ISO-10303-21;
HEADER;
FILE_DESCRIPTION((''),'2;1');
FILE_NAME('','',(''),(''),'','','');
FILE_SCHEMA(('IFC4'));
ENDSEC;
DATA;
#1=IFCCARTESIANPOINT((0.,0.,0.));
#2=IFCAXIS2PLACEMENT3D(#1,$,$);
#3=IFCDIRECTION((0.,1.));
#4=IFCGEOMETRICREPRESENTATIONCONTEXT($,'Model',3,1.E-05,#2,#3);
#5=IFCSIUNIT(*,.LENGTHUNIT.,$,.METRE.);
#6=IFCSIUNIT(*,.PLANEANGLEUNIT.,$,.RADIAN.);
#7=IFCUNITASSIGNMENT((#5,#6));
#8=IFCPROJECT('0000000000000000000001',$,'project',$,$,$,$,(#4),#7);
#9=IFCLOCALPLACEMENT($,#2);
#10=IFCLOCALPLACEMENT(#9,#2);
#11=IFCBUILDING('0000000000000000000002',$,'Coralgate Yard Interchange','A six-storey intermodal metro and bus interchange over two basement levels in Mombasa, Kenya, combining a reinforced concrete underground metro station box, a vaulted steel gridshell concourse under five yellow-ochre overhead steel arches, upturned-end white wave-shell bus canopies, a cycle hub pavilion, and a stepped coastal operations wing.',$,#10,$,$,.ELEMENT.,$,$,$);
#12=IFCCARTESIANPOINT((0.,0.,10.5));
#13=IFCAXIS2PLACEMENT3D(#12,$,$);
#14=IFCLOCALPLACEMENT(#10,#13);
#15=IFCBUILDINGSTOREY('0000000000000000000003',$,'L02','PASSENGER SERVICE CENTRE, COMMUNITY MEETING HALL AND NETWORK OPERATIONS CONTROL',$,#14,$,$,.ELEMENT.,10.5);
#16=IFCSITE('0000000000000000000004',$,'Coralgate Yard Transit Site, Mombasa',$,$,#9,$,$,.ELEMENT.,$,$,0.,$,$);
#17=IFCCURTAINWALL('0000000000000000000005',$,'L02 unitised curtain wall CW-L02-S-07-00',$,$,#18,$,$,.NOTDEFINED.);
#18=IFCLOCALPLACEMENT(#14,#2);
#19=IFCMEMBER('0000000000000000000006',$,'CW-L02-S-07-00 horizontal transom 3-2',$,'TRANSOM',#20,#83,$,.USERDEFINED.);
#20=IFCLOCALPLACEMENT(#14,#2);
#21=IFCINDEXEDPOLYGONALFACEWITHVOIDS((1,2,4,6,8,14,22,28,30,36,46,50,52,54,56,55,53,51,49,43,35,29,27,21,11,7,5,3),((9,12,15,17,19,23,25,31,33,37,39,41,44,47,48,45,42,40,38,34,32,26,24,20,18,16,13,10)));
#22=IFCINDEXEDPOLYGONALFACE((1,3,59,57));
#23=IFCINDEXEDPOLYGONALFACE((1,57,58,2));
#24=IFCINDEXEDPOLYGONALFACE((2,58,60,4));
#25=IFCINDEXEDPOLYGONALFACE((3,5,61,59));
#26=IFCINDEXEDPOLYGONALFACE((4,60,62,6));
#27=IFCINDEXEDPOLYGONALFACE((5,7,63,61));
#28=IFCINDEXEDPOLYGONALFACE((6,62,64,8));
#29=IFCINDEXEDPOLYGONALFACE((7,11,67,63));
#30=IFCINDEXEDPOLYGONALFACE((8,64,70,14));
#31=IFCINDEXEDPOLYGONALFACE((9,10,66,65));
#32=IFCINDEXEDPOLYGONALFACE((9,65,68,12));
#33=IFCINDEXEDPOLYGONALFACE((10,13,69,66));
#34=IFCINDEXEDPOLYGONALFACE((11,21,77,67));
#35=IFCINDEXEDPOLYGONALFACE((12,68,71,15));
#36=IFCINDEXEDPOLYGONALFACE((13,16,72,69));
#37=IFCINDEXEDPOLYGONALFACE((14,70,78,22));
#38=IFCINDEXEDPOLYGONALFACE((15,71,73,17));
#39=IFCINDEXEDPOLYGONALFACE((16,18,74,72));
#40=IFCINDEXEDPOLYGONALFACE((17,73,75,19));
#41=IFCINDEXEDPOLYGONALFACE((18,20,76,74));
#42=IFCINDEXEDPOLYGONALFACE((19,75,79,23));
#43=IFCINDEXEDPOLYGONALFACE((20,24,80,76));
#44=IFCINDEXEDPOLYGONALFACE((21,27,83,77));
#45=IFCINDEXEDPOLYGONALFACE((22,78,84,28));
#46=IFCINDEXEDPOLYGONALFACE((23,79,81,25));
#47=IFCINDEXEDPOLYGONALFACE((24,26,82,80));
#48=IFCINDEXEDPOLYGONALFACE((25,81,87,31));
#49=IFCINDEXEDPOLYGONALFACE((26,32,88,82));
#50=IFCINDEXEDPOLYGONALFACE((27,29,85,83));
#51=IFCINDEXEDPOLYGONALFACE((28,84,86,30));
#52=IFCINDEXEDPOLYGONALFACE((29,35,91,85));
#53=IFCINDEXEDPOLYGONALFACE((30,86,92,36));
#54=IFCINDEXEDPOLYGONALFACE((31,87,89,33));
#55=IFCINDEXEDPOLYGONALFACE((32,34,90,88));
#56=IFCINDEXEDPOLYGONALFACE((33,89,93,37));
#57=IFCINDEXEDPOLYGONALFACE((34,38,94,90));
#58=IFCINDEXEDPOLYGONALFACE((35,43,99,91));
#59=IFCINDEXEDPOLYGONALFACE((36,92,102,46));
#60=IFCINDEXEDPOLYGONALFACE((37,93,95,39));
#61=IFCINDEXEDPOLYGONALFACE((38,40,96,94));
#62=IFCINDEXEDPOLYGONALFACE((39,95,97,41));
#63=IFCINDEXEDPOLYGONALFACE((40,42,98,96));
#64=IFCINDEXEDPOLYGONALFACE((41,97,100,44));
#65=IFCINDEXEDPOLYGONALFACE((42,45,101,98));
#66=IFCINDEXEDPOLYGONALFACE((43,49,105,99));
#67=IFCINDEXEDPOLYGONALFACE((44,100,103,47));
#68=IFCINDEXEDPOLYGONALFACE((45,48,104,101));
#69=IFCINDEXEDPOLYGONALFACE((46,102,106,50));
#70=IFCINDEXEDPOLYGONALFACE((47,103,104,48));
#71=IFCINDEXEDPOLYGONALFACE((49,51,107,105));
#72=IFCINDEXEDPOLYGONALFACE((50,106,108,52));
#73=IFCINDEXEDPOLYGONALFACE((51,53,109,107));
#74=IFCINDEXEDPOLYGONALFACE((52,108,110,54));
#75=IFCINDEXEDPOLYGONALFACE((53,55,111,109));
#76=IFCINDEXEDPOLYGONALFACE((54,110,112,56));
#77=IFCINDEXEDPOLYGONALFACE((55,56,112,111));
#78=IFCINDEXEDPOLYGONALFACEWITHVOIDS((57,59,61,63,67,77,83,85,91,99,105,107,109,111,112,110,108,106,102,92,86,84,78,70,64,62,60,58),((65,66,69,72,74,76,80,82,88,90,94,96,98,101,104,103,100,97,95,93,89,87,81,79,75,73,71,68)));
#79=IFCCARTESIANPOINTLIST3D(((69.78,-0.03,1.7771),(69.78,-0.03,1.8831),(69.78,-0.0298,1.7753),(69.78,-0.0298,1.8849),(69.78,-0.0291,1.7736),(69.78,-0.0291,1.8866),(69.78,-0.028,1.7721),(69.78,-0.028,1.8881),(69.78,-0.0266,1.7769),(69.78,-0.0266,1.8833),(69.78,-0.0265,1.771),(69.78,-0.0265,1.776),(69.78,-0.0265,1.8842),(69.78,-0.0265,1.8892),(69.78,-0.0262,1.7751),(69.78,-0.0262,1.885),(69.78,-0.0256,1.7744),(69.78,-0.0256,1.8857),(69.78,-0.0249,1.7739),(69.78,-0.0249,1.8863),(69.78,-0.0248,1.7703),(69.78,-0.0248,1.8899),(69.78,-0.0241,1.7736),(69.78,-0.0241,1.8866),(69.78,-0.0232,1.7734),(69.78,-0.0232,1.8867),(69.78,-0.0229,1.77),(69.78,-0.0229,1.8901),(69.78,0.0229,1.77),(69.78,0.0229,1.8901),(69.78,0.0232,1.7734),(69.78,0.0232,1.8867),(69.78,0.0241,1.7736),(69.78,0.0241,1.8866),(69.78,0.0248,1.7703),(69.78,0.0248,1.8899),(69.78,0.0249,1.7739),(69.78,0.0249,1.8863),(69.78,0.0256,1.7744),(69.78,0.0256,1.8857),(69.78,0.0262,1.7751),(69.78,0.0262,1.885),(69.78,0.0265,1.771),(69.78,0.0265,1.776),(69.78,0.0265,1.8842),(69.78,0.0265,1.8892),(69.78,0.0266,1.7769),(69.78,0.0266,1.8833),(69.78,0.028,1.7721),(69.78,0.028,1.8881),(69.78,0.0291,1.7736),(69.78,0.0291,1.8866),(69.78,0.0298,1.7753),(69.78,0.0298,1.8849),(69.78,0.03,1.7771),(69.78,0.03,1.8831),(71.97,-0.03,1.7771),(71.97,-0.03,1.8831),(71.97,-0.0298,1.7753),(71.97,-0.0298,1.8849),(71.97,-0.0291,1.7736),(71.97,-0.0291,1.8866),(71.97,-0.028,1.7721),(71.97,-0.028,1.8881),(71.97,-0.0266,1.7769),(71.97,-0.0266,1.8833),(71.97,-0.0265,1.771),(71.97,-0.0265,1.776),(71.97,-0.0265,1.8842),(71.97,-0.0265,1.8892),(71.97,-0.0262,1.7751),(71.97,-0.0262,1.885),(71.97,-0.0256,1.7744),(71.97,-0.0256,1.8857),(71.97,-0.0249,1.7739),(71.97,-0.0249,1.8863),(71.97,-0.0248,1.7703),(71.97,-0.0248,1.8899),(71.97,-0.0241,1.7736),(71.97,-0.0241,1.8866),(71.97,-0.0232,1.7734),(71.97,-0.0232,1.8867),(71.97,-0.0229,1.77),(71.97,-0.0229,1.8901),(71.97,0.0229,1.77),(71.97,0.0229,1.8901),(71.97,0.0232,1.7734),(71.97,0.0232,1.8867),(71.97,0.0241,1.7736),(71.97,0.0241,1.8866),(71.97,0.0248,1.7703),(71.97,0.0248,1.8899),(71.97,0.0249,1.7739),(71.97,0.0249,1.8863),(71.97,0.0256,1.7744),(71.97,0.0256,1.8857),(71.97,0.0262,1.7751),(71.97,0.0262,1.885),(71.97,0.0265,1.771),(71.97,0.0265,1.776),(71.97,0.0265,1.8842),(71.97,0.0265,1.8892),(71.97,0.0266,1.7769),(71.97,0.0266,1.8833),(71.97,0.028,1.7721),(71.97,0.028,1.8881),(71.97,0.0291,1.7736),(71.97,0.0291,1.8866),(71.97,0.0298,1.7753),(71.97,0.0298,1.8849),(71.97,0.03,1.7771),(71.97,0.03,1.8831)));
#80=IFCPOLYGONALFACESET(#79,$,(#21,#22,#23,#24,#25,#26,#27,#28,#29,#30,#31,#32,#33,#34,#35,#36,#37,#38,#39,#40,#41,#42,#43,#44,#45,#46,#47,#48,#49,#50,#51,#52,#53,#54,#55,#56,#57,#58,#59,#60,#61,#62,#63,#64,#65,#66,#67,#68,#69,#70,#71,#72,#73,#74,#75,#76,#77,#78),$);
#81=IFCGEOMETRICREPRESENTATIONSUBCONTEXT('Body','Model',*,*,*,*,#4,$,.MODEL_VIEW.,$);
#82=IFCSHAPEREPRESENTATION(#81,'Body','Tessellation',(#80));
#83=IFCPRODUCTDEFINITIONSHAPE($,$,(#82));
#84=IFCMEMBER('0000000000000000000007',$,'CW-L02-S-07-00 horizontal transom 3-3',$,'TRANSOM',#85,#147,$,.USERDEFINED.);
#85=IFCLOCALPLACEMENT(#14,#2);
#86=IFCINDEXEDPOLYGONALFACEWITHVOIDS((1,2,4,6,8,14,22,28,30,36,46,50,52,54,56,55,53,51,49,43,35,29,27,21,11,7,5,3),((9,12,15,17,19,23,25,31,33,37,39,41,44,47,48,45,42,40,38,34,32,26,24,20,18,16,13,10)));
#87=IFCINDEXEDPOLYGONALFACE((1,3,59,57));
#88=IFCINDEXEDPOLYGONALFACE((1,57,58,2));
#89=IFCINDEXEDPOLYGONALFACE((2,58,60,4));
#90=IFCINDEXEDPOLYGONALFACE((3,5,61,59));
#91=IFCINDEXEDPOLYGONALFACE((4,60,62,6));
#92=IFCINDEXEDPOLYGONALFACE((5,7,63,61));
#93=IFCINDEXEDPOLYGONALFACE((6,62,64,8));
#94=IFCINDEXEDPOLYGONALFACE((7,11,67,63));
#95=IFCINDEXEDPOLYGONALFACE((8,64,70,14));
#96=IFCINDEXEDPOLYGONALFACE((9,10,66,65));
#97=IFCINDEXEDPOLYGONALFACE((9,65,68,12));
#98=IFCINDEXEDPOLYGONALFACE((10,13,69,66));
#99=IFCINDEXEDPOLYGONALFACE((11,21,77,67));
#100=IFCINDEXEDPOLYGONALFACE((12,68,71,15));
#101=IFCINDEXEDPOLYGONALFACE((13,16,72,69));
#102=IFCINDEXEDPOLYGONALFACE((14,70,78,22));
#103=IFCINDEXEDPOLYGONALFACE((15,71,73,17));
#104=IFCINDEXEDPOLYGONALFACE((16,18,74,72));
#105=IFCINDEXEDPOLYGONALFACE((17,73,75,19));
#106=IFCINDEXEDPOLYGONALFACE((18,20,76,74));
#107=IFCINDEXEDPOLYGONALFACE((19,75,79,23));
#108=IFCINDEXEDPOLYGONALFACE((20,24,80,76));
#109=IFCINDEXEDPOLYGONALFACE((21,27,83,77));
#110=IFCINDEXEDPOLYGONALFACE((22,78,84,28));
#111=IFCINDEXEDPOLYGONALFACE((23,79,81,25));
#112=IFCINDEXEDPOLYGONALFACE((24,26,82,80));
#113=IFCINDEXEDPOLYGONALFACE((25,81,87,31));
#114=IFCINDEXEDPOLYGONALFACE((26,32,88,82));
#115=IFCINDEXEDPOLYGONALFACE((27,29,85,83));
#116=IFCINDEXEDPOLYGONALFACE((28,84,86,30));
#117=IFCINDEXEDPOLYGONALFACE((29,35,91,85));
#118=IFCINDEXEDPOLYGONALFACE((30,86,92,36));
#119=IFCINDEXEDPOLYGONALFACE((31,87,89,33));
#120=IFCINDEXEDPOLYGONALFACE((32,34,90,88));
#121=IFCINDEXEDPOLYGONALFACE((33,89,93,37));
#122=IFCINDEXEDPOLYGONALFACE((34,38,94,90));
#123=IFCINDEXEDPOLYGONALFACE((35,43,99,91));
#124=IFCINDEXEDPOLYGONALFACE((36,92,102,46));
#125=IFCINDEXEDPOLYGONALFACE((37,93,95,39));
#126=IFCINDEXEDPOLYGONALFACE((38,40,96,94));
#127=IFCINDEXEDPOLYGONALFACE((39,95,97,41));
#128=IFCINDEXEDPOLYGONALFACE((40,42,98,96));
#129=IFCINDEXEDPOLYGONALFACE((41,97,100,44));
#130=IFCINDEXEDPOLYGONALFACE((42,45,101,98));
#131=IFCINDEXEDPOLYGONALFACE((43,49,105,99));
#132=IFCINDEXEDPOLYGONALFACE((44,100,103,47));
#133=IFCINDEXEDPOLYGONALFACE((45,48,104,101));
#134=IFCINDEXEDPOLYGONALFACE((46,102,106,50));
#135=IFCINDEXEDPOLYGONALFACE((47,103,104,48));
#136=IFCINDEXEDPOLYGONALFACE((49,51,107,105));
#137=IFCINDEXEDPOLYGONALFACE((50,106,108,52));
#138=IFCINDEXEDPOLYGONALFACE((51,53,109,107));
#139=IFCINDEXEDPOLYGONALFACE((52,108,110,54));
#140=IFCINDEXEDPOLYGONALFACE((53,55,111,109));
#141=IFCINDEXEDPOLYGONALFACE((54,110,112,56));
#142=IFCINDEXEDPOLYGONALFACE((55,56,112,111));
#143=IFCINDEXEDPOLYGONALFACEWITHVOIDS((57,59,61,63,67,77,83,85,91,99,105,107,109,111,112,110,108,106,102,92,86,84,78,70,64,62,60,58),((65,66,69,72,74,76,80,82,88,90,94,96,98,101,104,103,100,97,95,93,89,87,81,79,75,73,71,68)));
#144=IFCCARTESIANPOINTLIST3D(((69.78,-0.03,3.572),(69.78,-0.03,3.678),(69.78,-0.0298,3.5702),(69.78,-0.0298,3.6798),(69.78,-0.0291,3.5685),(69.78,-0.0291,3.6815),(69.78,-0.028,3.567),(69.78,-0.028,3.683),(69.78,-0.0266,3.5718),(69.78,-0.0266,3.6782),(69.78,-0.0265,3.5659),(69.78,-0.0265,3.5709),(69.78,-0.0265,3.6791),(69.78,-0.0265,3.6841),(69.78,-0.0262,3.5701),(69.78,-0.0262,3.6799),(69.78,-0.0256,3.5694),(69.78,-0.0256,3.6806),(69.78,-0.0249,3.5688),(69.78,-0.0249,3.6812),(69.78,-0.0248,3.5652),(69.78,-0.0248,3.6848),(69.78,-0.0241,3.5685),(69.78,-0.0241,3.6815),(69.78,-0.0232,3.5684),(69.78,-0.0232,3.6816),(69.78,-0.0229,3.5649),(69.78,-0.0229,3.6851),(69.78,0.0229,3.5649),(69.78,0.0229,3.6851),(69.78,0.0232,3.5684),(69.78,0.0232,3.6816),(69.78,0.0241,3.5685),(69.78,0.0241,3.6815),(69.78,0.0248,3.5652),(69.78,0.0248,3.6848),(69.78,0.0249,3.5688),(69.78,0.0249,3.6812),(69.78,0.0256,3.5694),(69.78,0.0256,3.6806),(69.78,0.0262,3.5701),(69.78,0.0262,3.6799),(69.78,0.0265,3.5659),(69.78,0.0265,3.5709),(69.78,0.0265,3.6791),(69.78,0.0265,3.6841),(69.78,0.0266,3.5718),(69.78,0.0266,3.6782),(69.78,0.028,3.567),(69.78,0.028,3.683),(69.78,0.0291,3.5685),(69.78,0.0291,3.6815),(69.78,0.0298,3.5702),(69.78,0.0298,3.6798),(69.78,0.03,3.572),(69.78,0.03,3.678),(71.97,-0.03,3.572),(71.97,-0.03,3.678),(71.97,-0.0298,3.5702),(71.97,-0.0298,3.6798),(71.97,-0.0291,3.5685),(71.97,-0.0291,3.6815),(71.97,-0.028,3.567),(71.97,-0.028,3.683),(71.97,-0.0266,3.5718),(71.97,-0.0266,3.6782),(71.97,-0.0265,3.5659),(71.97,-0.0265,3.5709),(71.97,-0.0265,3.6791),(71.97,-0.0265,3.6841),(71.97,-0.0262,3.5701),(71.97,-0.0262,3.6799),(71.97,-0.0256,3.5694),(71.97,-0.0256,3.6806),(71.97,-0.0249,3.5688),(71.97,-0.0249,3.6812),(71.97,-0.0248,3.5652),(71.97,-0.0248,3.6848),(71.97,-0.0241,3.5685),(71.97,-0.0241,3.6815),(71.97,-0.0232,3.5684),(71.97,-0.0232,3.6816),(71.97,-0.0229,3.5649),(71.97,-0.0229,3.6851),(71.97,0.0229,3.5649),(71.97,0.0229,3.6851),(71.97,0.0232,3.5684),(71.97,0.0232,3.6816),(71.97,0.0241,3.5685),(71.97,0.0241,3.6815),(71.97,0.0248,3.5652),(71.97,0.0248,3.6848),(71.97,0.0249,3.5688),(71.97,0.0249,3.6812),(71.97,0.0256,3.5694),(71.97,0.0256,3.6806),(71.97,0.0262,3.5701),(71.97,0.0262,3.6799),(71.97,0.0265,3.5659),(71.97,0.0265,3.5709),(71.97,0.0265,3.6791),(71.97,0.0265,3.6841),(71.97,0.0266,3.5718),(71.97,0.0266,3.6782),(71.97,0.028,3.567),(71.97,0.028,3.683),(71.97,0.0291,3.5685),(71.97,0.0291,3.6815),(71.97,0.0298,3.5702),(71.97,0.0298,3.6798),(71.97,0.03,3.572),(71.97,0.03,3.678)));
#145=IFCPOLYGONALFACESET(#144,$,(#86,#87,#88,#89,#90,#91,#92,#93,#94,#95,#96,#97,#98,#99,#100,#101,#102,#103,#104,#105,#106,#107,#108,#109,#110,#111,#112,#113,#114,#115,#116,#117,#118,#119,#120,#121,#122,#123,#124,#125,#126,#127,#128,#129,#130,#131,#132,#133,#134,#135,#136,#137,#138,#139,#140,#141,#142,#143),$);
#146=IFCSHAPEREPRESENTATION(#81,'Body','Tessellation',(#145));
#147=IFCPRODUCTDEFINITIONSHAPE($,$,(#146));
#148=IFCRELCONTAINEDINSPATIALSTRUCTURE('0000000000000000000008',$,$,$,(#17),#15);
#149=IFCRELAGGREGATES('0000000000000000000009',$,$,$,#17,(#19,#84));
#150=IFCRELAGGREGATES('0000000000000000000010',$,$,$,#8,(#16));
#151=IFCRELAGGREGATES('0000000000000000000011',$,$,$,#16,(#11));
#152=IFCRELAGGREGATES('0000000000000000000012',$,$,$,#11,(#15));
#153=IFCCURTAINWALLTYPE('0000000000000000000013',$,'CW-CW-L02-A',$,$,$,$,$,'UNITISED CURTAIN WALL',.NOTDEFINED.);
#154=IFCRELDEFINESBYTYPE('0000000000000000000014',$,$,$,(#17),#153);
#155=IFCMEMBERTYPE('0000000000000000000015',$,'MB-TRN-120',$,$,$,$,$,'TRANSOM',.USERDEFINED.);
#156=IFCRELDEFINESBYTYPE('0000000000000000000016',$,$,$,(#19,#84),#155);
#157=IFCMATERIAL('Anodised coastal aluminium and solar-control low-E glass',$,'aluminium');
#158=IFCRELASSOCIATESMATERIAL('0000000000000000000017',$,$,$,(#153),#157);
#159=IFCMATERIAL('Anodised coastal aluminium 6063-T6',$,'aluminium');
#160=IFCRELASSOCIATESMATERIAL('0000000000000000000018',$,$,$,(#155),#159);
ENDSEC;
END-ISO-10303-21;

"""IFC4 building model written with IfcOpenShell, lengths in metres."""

from ifc_helpers import new_model, si_unit, direction, frame, origin, origin_2d, place, context, subcontext, project, spatial, hollow_rectangle, extrude, material, material_profile, profile_set, type_object, element, aggregate, save


model = new_model("IFC4")

# Units and contexts
model_context = context("Model", 3, precision=1e-05, world=origin(), true_north=direction((0.0, 1.0)))
body_context = subcontext(model_context, "Body", "Model", "MODEL_VIEW")
ifc_project = project(units=[si_unit("LENGTHUNIT", "METRE"), si_unit("PLANEANGLEUNIT", "RADIAN")], contexts=[model_context])

# Site, building, storey
site_placement = place(None, origin())
site = spatial("IfcSite", under=ifc_project, at=site_placement, Name="Coralgate Yard Transit Site, Mombasa", CompositionType="ELEMENT", RefElevation=0.0)
building_placement = place(site_placement, origin())
building = spatial("IfcBuilding", under=site, at=building_placement, Name="Coralgate Yard Interchange", Description="A six-storey intermodal metro and bus interchange over two basement levels in Mombasa, Kenya, combining a reinforced concrete underground metro station box, a vaulted steel gridshell concourse under five yellow-ochre overhead steel arches, upturned-end white wave-shell bus canopies, a cycle hub pavilion, and a stepped coastal operations wing.", CompositionType="ELEMENT")
storey_placement = place(building_placement, frame((0.0, 0.0, 10.5)))
storey = spatial("IfcBuildingStorey", under=building, at=storey_placement, Name="L02", Description="PASSENGER SERVICE CENTRE, COMMUNITY MEETING HALL AND NETWORK OPERATIONS CONTROL", CompositionType="ELEMENT", Elevation=10.5)

# Shared definitions
ifc_material_1 = material(Name="Anodised coastal aluminium and solar-control low-E glass", Category="aluminium")
curtain_wall_type = type_object("IfcCurtainWallType", Name="CW-CW-L02-A", ElementType="UNITISED CURTAIN WALL", PredefinedType="NOTDEFINED", material=ifc_material_1)
ifc_material_2 = material(Name="Anodised coastal aluminium 6063-T6", Category="aluminium")

# Curtain wall
curtain_wall_1_placement = place(storey_placement, origin())
curtain_wall_1 = element("IfcCurtainWall", 1, at=curtain_wall_1_placement, inside=storey, type_object=curtain_wall_type, Name="L02 unitised curtain wall CW-L02-S-07-00", PredefinedType="NOTDEFINED")

# Members
ifc_material_profile_1 = material_profile(ifc_material_2, hollow_rectangle(XDim=0.0601, YDim=0.1201, WallThickness=0.0034, InnerFilletRadius=0.0034, OuterFilletRadius=0.0071, at=origin_2d()), Name="ALU 60x120x3.5")
ifc_profile_set_1 = profile_set([ifc_material_profile_1], Name="Anodised coastal aluminium 6063-T6")
member_type_1 = type_object("IfcMemberType", Name="MB-TRN-120", ElementType="TRANSOM", PredefinedType="USERDEFINED", material=ifc_profile_set_1)
member_1_placement = place(storey_placement, frame((71.97, 0.0, 1.8301), z_axis=(-1.0, 0.0, 0.0), x_axis=(0.0, -1.0, 0.0)))
member_1 = element("IfcMember", 2, at=member_1_placement, type_object=member_type_1, Name="CW-L02-S-07-00 horizontal transom 3-2", ObjectType="TRANSOM", PredefinedType="USERDEFINED", context=body_context, shape_type="SweptSolid", body=[
    extrude(hollow_rectangle(XDim=0.0601, YDim=0.1201, WallThickness=0.0034, InnerFilletRadius=0.0034, OuterFilletRadius=0.0071, at=origin_2d()), origin(), (0.0, 0.0, 1.0), 2.1899),
])
member_2_placement = place(storey_placement, frame((71.97, 0.0, 3.625), z_axis=(-1.0, 0.0, 0.0), x_axis=(0.0, -1.0, 0.0)))
member_2 = element("IfcMember", 3, at=member_2_placement, type_object=member_type_1, Name="CW-L02-S-07-00 horizontal transom 3-3", ObjectType="TRANSOM", PredefinedType="USERDEFINED", context=body_context, shape_type="SweptSolid", body=[
    extrude(hollow_rectangle(XDim=0.0601, YDim=0.1201, WallThickness=0.0034, InnerFilletRadius=0.0034, OuterFilletRadius=0.0071, at=origin_2d()), origin(), (0.0, 0.0, 1.0), 2.1899),
])

aggregate(curtain_wall_1, [member_1, member_2])

save(model, "model.ifc")
